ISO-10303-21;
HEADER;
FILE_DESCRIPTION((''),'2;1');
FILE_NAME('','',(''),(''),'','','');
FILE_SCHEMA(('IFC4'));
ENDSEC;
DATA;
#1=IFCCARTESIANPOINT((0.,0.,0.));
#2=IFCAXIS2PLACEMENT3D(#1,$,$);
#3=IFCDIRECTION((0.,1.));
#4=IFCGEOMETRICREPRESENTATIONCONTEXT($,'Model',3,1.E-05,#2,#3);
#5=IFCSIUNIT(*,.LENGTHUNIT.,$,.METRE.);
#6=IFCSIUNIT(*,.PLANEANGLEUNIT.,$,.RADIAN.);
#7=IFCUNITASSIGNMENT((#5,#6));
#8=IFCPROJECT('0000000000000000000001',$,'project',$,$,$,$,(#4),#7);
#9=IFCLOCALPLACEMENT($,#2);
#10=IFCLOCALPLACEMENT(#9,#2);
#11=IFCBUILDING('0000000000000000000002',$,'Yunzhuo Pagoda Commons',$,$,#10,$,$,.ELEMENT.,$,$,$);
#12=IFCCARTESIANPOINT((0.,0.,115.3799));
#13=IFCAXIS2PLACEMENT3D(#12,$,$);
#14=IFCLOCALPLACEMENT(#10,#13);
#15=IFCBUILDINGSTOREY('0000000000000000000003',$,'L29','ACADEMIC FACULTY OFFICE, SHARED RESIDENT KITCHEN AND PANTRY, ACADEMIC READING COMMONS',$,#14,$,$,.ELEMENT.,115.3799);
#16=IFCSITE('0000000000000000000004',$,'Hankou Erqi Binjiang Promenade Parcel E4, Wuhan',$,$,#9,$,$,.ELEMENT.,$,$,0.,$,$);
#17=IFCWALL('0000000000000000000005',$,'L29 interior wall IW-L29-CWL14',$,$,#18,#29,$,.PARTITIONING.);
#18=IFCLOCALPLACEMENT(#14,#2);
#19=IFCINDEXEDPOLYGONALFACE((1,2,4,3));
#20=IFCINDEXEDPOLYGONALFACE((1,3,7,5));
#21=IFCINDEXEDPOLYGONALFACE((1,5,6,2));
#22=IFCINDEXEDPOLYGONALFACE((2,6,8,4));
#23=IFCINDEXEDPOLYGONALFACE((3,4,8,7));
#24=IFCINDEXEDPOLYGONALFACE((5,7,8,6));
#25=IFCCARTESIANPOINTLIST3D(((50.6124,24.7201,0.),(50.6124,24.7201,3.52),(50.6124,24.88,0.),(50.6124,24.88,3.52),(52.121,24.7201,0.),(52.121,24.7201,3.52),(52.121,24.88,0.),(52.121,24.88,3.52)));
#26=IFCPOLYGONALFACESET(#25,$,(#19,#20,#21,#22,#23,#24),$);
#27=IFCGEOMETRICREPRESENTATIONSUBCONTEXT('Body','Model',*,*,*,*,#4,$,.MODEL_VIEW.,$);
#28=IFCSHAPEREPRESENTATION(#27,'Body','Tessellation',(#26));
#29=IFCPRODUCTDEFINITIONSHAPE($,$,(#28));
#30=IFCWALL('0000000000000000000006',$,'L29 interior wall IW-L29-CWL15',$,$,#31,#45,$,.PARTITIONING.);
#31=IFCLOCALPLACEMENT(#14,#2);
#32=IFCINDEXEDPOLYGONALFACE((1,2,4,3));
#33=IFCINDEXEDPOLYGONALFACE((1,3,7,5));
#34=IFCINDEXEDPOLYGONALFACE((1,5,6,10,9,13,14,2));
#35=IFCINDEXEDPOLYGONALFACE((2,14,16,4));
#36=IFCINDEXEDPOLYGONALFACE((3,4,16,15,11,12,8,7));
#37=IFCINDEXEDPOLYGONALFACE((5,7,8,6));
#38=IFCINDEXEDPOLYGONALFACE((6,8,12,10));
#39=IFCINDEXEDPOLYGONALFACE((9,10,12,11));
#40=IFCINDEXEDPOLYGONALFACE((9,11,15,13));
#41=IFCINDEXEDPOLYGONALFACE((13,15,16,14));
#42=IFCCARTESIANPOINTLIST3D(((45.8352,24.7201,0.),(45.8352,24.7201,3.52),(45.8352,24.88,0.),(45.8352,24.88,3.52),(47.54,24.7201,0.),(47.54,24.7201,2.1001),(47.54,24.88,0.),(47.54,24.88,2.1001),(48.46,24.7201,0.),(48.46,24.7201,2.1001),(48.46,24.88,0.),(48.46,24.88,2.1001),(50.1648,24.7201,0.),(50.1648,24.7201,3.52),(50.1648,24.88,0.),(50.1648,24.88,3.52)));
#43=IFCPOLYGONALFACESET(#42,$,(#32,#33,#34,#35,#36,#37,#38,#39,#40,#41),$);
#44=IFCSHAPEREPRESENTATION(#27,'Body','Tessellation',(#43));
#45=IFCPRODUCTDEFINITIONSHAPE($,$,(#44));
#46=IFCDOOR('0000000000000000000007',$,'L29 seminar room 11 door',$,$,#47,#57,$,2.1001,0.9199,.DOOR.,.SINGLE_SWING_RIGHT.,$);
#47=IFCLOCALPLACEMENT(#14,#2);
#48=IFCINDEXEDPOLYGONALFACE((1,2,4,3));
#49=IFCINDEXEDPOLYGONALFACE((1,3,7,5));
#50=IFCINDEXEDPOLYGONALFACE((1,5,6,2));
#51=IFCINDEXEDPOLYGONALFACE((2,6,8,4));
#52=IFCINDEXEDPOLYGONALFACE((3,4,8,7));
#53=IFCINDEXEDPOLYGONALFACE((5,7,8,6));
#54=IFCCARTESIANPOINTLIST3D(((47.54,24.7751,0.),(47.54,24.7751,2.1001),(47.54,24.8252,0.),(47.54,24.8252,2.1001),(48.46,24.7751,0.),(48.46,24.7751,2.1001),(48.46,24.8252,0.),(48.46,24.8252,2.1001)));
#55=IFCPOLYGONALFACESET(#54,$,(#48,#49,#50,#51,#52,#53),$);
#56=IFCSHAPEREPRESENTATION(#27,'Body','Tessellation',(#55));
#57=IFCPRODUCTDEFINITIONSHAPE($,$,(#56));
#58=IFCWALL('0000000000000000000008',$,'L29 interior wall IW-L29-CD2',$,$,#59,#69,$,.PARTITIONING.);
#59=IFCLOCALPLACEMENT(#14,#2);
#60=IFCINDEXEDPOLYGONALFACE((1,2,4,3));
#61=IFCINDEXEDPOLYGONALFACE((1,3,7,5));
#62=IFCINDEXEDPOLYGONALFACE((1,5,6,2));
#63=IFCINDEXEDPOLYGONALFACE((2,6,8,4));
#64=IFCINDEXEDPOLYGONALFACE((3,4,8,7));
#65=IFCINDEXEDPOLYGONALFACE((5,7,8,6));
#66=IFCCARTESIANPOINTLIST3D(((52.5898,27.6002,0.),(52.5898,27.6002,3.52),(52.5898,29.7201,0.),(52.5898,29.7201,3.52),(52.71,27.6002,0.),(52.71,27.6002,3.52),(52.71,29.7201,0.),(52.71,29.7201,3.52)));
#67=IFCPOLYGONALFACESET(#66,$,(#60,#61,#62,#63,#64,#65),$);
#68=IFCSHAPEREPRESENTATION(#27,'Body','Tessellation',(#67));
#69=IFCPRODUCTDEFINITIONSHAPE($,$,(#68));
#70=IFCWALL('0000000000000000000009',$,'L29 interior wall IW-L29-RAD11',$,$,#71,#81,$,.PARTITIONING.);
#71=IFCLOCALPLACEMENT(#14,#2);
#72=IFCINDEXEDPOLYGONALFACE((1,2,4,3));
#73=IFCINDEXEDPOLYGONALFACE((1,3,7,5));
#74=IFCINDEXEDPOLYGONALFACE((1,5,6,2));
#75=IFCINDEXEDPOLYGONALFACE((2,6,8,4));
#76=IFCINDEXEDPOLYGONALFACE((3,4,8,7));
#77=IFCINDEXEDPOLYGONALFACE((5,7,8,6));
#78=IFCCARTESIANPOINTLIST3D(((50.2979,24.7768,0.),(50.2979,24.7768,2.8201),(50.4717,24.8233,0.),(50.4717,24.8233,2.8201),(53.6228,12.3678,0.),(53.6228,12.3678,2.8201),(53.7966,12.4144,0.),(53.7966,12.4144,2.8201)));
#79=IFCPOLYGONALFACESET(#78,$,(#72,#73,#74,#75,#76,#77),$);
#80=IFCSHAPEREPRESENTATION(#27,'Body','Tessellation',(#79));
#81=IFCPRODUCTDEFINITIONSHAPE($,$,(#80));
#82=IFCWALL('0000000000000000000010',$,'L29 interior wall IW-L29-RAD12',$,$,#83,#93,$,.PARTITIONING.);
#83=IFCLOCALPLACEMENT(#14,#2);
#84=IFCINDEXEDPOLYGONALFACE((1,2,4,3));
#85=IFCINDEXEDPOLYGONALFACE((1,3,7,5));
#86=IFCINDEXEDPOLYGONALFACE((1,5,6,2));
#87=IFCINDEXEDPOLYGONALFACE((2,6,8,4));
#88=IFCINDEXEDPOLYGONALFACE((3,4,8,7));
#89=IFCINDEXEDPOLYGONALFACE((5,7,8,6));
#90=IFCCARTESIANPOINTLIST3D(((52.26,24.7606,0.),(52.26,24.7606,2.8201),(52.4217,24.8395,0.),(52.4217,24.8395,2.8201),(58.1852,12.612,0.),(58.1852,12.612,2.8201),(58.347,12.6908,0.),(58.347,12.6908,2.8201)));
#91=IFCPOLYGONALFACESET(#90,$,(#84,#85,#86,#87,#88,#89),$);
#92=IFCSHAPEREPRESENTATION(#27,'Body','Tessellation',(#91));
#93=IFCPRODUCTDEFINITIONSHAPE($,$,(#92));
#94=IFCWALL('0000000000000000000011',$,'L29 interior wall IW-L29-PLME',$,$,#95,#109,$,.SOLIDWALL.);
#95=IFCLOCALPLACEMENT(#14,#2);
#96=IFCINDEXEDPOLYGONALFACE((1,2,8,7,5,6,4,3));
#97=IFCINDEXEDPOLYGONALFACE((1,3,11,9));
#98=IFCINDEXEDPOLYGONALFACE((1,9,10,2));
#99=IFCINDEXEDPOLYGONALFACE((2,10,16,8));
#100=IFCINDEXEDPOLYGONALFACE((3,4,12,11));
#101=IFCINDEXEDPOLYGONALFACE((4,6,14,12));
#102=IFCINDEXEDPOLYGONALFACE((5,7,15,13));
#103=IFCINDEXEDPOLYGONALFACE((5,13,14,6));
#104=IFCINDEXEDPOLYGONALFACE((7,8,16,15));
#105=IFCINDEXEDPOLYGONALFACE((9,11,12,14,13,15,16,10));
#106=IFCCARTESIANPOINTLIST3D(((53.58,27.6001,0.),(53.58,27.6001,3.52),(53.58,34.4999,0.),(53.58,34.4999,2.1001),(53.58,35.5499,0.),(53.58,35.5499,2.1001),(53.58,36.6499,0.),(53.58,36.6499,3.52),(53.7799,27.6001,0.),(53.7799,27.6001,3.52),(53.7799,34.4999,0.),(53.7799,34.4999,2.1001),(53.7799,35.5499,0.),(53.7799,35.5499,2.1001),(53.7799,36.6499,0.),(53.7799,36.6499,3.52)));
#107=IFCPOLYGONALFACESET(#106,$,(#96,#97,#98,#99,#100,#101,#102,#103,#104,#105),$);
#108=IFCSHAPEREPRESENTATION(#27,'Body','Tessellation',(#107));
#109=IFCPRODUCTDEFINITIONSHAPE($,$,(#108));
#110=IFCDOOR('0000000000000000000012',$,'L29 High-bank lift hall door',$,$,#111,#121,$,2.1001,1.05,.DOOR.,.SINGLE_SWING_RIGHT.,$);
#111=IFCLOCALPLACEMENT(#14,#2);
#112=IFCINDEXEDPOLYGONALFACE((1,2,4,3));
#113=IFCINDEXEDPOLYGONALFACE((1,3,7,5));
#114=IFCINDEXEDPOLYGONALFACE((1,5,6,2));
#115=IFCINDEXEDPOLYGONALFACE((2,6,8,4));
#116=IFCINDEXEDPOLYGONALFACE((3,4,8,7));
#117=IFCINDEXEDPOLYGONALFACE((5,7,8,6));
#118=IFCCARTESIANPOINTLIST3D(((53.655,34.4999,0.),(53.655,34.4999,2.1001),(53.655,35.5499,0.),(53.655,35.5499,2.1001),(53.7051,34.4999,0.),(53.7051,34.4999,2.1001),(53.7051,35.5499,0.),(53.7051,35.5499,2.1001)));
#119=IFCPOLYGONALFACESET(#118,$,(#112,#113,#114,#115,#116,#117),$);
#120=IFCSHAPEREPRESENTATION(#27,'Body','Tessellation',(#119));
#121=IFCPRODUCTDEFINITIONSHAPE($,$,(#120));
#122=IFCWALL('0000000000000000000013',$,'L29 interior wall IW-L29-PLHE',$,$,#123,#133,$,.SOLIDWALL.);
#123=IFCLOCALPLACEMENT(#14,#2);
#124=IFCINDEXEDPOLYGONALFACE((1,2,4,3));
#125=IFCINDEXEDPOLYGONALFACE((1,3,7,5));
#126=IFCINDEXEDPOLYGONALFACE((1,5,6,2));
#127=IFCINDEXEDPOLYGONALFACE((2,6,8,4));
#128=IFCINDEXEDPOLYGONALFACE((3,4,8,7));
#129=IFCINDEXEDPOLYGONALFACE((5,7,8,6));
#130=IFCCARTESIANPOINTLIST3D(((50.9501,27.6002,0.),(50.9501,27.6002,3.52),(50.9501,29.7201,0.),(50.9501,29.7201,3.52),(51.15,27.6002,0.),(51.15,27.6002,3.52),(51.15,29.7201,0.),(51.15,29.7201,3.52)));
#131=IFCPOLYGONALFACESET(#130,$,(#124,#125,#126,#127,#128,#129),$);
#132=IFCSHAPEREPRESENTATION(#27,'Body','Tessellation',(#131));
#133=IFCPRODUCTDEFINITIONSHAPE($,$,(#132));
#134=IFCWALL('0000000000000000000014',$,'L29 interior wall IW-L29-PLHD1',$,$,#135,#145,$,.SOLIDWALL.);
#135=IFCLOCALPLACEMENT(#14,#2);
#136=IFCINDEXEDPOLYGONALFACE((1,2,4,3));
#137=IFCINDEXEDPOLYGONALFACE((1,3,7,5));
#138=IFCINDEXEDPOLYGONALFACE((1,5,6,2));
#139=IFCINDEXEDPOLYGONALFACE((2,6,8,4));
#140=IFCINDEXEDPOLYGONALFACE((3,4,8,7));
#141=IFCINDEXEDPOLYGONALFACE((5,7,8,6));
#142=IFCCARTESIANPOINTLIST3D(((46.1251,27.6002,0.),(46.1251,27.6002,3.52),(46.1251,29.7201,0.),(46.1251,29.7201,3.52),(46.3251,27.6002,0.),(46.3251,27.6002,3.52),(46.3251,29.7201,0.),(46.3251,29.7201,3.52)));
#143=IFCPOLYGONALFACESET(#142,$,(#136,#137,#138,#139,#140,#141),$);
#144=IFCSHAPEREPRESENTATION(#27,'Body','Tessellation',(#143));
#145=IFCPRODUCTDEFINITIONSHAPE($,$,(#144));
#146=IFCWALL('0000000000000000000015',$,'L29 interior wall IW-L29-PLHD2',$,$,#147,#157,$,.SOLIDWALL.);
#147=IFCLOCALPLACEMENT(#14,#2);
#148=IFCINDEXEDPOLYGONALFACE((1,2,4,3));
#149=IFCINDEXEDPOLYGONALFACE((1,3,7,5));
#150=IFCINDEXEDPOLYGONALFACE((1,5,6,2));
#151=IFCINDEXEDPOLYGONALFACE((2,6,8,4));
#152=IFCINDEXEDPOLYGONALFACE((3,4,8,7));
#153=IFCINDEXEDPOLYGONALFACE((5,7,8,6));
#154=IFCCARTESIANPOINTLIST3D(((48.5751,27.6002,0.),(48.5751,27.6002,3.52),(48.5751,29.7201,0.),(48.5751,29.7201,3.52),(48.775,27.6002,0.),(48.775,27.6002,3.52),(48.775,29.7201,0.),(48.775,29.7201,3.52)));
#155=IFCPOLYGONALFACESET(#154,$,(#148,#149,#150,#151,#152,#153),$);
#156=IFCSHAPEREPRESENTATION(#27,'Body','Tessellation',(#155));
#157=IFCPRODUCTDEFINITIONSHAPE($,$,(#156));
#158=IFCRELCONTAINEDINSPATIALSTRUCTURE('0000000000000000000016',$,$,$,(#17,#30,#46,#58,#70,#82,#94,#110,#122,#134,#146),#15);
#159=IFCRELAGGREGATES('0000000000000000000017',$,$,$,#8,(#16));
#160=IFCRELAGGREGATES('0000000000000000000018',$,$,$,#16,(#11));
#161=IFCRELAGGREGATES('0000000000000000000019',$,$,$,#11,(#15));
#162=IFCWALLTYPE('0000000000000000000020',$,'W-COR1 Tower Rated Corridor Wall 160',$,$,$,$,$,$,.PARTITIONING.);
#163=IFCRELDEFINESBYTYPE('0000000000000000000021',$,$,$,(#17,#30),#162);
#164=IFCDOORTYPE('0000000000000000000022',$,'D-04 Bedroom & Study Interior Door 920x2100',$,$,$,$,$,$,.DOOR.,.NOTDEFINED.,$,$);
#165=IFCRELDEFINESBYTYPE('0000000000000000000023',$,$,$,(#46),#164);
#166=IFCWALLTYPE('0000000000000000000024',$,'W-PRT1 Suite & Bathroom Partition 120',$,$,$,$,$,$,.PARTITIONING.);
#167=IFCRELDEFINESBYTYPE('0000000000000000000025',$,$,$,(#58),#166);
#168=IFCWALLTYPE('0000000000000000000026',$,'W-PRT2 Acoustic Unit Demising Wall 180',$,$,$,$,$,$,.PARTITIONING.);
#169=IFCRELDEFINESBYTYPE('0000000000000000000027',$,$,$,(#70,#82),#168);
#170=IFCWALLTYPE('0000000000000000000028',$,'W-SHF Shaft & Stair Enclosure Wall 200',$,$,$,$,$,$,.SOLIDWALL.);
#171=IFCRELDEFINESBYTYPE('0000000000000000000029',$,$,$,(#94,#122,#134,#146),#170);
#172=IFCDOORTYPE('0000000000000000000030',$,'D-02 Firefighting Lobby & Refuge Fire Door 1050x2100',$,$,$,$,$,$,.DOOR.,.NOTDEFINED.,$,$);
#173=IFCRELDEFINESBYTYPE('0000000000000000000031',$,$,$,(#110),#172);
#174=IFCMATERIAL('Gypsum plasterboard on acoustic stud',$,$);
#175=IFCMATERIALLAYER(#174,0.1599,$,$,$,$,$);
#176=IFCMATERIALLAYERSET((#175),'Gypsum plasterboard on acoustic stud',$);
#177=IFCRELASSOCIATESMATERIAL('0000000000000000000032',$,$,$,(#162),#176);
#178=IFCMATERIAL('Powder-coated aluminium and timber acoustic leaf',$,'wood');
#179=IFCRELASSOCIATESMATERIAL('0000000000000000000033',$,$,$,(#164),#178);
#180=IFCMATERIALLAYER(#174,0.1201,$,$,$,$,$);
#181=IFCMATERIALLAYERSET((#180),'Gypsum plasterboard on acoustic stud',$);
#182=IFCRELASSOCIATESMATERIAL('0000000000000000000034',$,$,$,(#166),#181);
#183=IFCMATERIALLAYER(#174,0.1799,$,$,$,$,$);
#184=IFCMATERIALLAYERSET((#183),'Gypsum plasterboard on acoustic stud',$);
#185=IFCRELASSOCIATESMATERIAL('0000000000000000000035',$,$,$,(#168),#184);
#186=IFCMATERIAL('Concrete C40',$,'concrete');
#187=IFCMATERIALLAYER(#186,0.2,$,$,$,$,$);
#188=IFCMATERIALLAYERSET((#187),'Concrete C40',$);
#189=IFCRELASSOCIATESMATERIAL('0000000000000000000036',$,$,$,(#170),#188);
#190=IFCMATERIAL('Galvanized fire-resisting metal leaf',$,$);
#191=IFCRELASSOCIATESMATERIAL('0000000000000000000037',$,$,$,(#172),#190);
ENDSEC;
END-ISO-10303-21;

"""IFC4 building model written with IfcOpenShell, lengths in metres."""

from ifc_helpers import new_model, si_unit, direction, frame, frame_2d, origin, origin_with_axes, place, context, subcontext, project, spatial, rectangle, extrude, source, transform, mapped, material, layer, layer_set, type_object, element, fill, save


model = new_model("IFC4")

# Units and contexts
model_context = context("Model", 3, precision=1e-05, world=origin(), true_north=direction((0.0, 1.0)))
body_context = subcontext(model_context, "Body", "Model", "MODEL_VIEW")
ifc_project = project(units=[si_unit("LENGTHUNIT", "METRE"), si_unit("PLANEANGLEUNIT", "RADIAN")], contexts=[model_context])

# Site, building, storey
site_placement = place(None, origin())
site = spatial("IfcSite", under=ifc_project, at=site_placement, Name="Hankou Erqi Binjiang Promenade Parcel E4, Wuhan", CompositionType="ELEMENT", RefElevation=0.0)
building_placement = place(site_placement, origin())
building = spatial("IfcBuilding", under=site, at=building_placement, Name="Yunzhuo Pagoda Commons", CompositionType="ELEMENT")
storey_placement = place(building_placement, frame((0.0, 0.0, 115.3799)))
storey = spatial("IfcBuildingStorey", under=building, at=storey_placement, Name="L29", Description="ACADEMIC FACULTY OFFICE, SHARED RESIDENT KITCHEN AND PANTRY, ACADEMIC READING COMMONS", CompositionType="ELEMENT", Elevation=115.3799)

# Shared definitions
ifc_material_1 = material(Name="Gypsum plasterboard on acoustic stud")
ifc_layer_1 = layer(ifc_material_1, 0.1599)
ifc_layer_set_1 = layer_set([ifc_layer_1], Name="Gypsum plasterboard on acoustic stud")
wall_type_1 = type_object("IfcWallType", Name="W-COR1 Tower Rated Corridor Wall 160", PredefinedType="PARTITIONING", material=ifc_layer_set_1)
ifc_material_2 = material(Name="Galvanized fire-resisting metal leaf")

# Wall
wall_1_placement = place(storey_placement, frame((52.1211, 24.8, 0.0), z_axis=(0.0, 0.0, 1.0), x_axis=(-1.0, 0.0, 0.0)))
element("IfcWall", 1, at=wall_1_placement, inside=storey, type_object=wall_type_1, Name="L29 interior wall IW-L29-CWL14", PredefinedType="PARTITIONING", context=body_context, shape_type="SweptSolid", body=[
    extrude(rectangle(XDim=1.5085, YDim=0.1599, at=frame_2d((0.7544, 0.0))), origin(), (0.0, 0.0, 1.0), 3.52),
])

# Wall, opening, door
wall_2_placement = place(storey_placement, frame((50.1648, 24.8, 0.0), z_axis=(0.0, 0.0, 1.0), x_axis=(-1.0, 0.0, 0.0)))
wall_2 = element("IfcWall", 2, at=wall_2_placement, inside=storey, type_object=wall_type_1, Name="L29 interior wall IW-L29-CWL15", PredefinedType="PARTITIONING", context=body_context, shape_type="SweptSolid", body=[
    extrude(rectangle(XDim=4.3296, YDim=0.1599, at=frame_2d((2.1648, 0.0))), origin(), (0.0, 0.0, 1.0), 3.52),
])
opening_1_placement = place(wall_2_placement, frame((1.7048, 0.0, 0.0)))
opening_1 = element("IfcOpeningElement", 3, at=opening_1_placement, cuts=wall_2, PredefinedType="OPENING", context=body_context, shape_type="SweptSolid", body=[
    extrude(rectangle(XDim=0.9199, YDim=2.1001, at=frame_2d((0.46, 1.05))), frame((0.0, 0.0898, 0.0), z_axis=(0.0, -1.0, 0.0), x_axis=(1.0, 0.0, 0.0)), (0.0, 0.0, 1.0), 0.1799),
])
ifc_material_3 = material(Name="Powder-coated aluminium and timber acoustic leaf", Category="wood")
door_type_1 = type_object("IfcDoorType", Name="D-04 Bedroom & Study Interior Door 920x2100", OperationType="NOTDEFINED", PredefinedType="DOOR", material=ifc_material_3)
shared_shape_1 = source(origin(), body_context, "Body", "SweptSolid", [
    extrude(rectangle(XDim=0.9199, YDim=2.1001, at=frame_2d((0.46, 1.05))), frame((0.0, 0.0249, 0.0), z_axis=(0.0, -1.0, 0.0), x_axis=(1.0, 0.0, 0.0)), (0.0, 0.0, 1.0), 0.05),
])
door_1_placement = place(opening_1_placement, origin_with_axes())
door_1 = element("IfcDoor", 4, at=door_1_placement, inside=storey, type_object=door_type_1, Name="L29 seminar room 11 door", OperationType="SINGLE_SWING_RIGHT", OverallHeight=2.1001, OverallWidth=0.9199, PredefinedType="DOOR", context=body_context, shape_type="MappedRepresentation", body=[
    mapped(shared_shape_1, transform((0.0, 0.0, 0.0), scale=1.0)),
])
fill(opening_1, door_1)

# Walls
ifc_layer_2 = layer(ifc_material_1, 0.1201)
ifc_layer_set_2 = layer_set([ifc_layer_2], Name="Gypsum plasterboard on acoustic stud")
wall_type_2 = type_object("IfcWallType", Name="W-PRT1 Suite & Bathroom Partition 120", PredefinedType="PARTITIONING", material=ifc_layer_set_2)
wall_3_placement = place(storey_placement, frame((52.6499, 27.6001, 0.0), z_axis=(0.0, 0.0, 1.0), x_axis=(0.0, 1.0, 0.0)))
element("IfcWall", 5, at=wall_3_placement, inside=storey, type_object=wall_type_2, Name="L29 interior wall IW-L29-CD2", PredefinedType="PARTITIONING", context=body_context, shape_type="SweptSolid", body=[
    extrude(rectangle(XDim=2.1199, YDim=0.1201, at=frame_2d((1.0601, 0.0))), origin(), (0.0, 0.0, 1.0), 3.52),
])
ifc_layer_3 = layer(ifc_material_1, 0.1799)
ifc_layer_set_3 = layer_set([ifc_layer_3], Name="Gypsum plasterboard on acoustic stud")
wall_type_3 = type_object("IfcWallType", Name="W-PRT2 Acoustic Unit Demising Wall 180", PredefinedType="PARTITIONING", material=ifc_layer_set_3)
wall_4_placement = place(storey_placement, frame((50.3848, 24.8, 0.0), z_axis=(0.0, 0.0, 1.0), x_axis=(0.258818, -0.965926, 0.0)))
element("IfcWall", 6, at=wall_4_placement, inside=storey, type_object=wall_type_3, Name="L29 interior wall IW-L29-RAD11", PredefinedType="PARTITIONING", context=body_context, shape_type="SweptSolid", body=[
    extrude(rectangle(XDim=12.8467, YDim=0.1799, at=frame_2d((6.4233, 0.0))), origin(), (0.0, 0.0, 1.0), 2.8201),
])
wall_5_placement = place(storey_placement, frame((52.3408, 24.8, 0.0), z_axis=(0.0, 0.0, 1.0), x_axis=(0.43837, -0.898794, 0.0)))
element("IfcWall", 7, at=wall_5_placement, inside=storey, type_object=wall_type_3, Name="L29 interior wall IW-L29-RAD12", PredefinedType="PARTITIONING", context=body_context, shape_type="SweptSolid", body=[
    extrude(rectangle(XDim=13.5166, YDim=0.1799, at=frame_2d((6.7583, 0.0))), origin(), (0.0, 0.0, 1.0), 2.8201),
])

# Wall, opening, door
ifc_material_4 = material(Name="Concrete C40", Category="concrete")
ifc_layer_4 = layer(ifc_material_4, 0.2)
ifc_layer_set_4 = layer_set([ifc_layer_4], Name="Concrete C40")
wall_type_4 = type_object("IfcWallType", Name="W-SHF Shaft & Stair Enclosure Wall 200", PredefinedType="SOLIDWALL", material=ifc_layer_set_4)
wall_6_placement = place(storey_placement, frame((53.6799, 27.6001, 0.0), z_axis=(0.0, 0.0, 1.0), x_axis=(0.0, 1.0, 0.0)))
wall_6 = element("IfcWall", 8, at=wall_6_placement, inside=storey, type_object=wall_type_4, Name="L29 interior wall IW-L29-PLME", PredefinedType="SOLIDWALL", context=body_context, shape_type="SweptSolid", body=[
    extrude(rectangle(XDim=9.0498, YDim=0.2, at=frame_2d((4.5249, 0.0))), origin(), (0.0, 0.0, 1.0), 3.52),
])
opening_2_placement = place(wall_6_placement, frame((6.8999, 0.0, 0.0)))
opening_2 = element("IfcOpeningElement", 9, at=opening_2_placement, cuts=wall_6, PredefinedType="OPENING", context=body_context, shape_type="SweptSolid", body=[
    extrude(rectangle(XDim=1.05, YDim=2.1001, at=frame_2d((0.5249, 1.05))), frame((0.0, 0.1099, 0.0), z_axis=(0.0, -1.0, 0.0), x_axis=(1.0, 0.0, 0.0)), (0.0, 0.0, 1.0), 0.22),
])
door_type_2 = type_object("IfcDoorType", Name="D-02 Firefighting Lobby & Refuge Fire Door 1050x2100", OperationType="NOTDEFINED", PredefinedType="DOOR", material=ifc_material_2)
shared_shape_2 = source(origin(), body_context, "Body", "SweptSolid", [
    extrude(rectangle(XDim=1.05, YDim=2.1001, at=frame_2d((0.5249, 1.05))), frame((0.0, 0.0249, 0.0), z_axis=(0.0, -1.0, 0.0), x_axis=(1.0, 0.0, 0.0)), (0.0, 0.0, 1.0), 0.05),
])
door_2_placement = place(opening_2_placement, origin_with_axes())
door_2 = element("IfcDoor", 10, at=door_2_placement, inside=storey, type_object=door_type_2, Name="L29 High-bank lift hall door", OperationType="SINGLE_SWING_RIGHT", OverallHeight=2.1001, OverallWidth=1.05, PredefinedType="DOOR", context=body_context, shape_type="MappedRepresentation", body=[
    mapped(shared_shape_2, transform((0.0, 0.0, 0.0), scale=1.0)),
])
fill(opening_2, door_2)

# Walls
for number, where, z_axis, x_axis, name in (
    (11, (51.05, 27.6001, 0.0), (0.0, 0.0, 1.0), (0.0, 1.0, 0.0), "L29 interior wall IW-L29-PLHE"),
    (12, (46.2251, 27.6001, 0.0), (0.0, 0.0, 1.0), (0.0, 1.0, 0.0), "L29 interior wall IW-L29-PLHD1"),
    (13, (48.675, 27.6001, 0.0), (0.0, 0.0, 1.0), (0.0, 1.0, 0.0), "L29 interior wall IW-L29-PLHD2"),
):
    element("IfcWall", number, at=place(storey_placement, frame(where, z_axis=z_axis, x_axis=x_axis)), inside=storey, type_object=wall_type_4, Name=name, PredefinedType="SOLIDWALL", context=body_context, shape_type="SweptSolid", body=[
        extrude(rectangle(XDim=2.1199, YDim=0.2, at=frame_2d((1.0601, 0.0))), origin(), (0.0, 0.0, 1.0), 3.52),
    ])

save(model, "model.ifc")
